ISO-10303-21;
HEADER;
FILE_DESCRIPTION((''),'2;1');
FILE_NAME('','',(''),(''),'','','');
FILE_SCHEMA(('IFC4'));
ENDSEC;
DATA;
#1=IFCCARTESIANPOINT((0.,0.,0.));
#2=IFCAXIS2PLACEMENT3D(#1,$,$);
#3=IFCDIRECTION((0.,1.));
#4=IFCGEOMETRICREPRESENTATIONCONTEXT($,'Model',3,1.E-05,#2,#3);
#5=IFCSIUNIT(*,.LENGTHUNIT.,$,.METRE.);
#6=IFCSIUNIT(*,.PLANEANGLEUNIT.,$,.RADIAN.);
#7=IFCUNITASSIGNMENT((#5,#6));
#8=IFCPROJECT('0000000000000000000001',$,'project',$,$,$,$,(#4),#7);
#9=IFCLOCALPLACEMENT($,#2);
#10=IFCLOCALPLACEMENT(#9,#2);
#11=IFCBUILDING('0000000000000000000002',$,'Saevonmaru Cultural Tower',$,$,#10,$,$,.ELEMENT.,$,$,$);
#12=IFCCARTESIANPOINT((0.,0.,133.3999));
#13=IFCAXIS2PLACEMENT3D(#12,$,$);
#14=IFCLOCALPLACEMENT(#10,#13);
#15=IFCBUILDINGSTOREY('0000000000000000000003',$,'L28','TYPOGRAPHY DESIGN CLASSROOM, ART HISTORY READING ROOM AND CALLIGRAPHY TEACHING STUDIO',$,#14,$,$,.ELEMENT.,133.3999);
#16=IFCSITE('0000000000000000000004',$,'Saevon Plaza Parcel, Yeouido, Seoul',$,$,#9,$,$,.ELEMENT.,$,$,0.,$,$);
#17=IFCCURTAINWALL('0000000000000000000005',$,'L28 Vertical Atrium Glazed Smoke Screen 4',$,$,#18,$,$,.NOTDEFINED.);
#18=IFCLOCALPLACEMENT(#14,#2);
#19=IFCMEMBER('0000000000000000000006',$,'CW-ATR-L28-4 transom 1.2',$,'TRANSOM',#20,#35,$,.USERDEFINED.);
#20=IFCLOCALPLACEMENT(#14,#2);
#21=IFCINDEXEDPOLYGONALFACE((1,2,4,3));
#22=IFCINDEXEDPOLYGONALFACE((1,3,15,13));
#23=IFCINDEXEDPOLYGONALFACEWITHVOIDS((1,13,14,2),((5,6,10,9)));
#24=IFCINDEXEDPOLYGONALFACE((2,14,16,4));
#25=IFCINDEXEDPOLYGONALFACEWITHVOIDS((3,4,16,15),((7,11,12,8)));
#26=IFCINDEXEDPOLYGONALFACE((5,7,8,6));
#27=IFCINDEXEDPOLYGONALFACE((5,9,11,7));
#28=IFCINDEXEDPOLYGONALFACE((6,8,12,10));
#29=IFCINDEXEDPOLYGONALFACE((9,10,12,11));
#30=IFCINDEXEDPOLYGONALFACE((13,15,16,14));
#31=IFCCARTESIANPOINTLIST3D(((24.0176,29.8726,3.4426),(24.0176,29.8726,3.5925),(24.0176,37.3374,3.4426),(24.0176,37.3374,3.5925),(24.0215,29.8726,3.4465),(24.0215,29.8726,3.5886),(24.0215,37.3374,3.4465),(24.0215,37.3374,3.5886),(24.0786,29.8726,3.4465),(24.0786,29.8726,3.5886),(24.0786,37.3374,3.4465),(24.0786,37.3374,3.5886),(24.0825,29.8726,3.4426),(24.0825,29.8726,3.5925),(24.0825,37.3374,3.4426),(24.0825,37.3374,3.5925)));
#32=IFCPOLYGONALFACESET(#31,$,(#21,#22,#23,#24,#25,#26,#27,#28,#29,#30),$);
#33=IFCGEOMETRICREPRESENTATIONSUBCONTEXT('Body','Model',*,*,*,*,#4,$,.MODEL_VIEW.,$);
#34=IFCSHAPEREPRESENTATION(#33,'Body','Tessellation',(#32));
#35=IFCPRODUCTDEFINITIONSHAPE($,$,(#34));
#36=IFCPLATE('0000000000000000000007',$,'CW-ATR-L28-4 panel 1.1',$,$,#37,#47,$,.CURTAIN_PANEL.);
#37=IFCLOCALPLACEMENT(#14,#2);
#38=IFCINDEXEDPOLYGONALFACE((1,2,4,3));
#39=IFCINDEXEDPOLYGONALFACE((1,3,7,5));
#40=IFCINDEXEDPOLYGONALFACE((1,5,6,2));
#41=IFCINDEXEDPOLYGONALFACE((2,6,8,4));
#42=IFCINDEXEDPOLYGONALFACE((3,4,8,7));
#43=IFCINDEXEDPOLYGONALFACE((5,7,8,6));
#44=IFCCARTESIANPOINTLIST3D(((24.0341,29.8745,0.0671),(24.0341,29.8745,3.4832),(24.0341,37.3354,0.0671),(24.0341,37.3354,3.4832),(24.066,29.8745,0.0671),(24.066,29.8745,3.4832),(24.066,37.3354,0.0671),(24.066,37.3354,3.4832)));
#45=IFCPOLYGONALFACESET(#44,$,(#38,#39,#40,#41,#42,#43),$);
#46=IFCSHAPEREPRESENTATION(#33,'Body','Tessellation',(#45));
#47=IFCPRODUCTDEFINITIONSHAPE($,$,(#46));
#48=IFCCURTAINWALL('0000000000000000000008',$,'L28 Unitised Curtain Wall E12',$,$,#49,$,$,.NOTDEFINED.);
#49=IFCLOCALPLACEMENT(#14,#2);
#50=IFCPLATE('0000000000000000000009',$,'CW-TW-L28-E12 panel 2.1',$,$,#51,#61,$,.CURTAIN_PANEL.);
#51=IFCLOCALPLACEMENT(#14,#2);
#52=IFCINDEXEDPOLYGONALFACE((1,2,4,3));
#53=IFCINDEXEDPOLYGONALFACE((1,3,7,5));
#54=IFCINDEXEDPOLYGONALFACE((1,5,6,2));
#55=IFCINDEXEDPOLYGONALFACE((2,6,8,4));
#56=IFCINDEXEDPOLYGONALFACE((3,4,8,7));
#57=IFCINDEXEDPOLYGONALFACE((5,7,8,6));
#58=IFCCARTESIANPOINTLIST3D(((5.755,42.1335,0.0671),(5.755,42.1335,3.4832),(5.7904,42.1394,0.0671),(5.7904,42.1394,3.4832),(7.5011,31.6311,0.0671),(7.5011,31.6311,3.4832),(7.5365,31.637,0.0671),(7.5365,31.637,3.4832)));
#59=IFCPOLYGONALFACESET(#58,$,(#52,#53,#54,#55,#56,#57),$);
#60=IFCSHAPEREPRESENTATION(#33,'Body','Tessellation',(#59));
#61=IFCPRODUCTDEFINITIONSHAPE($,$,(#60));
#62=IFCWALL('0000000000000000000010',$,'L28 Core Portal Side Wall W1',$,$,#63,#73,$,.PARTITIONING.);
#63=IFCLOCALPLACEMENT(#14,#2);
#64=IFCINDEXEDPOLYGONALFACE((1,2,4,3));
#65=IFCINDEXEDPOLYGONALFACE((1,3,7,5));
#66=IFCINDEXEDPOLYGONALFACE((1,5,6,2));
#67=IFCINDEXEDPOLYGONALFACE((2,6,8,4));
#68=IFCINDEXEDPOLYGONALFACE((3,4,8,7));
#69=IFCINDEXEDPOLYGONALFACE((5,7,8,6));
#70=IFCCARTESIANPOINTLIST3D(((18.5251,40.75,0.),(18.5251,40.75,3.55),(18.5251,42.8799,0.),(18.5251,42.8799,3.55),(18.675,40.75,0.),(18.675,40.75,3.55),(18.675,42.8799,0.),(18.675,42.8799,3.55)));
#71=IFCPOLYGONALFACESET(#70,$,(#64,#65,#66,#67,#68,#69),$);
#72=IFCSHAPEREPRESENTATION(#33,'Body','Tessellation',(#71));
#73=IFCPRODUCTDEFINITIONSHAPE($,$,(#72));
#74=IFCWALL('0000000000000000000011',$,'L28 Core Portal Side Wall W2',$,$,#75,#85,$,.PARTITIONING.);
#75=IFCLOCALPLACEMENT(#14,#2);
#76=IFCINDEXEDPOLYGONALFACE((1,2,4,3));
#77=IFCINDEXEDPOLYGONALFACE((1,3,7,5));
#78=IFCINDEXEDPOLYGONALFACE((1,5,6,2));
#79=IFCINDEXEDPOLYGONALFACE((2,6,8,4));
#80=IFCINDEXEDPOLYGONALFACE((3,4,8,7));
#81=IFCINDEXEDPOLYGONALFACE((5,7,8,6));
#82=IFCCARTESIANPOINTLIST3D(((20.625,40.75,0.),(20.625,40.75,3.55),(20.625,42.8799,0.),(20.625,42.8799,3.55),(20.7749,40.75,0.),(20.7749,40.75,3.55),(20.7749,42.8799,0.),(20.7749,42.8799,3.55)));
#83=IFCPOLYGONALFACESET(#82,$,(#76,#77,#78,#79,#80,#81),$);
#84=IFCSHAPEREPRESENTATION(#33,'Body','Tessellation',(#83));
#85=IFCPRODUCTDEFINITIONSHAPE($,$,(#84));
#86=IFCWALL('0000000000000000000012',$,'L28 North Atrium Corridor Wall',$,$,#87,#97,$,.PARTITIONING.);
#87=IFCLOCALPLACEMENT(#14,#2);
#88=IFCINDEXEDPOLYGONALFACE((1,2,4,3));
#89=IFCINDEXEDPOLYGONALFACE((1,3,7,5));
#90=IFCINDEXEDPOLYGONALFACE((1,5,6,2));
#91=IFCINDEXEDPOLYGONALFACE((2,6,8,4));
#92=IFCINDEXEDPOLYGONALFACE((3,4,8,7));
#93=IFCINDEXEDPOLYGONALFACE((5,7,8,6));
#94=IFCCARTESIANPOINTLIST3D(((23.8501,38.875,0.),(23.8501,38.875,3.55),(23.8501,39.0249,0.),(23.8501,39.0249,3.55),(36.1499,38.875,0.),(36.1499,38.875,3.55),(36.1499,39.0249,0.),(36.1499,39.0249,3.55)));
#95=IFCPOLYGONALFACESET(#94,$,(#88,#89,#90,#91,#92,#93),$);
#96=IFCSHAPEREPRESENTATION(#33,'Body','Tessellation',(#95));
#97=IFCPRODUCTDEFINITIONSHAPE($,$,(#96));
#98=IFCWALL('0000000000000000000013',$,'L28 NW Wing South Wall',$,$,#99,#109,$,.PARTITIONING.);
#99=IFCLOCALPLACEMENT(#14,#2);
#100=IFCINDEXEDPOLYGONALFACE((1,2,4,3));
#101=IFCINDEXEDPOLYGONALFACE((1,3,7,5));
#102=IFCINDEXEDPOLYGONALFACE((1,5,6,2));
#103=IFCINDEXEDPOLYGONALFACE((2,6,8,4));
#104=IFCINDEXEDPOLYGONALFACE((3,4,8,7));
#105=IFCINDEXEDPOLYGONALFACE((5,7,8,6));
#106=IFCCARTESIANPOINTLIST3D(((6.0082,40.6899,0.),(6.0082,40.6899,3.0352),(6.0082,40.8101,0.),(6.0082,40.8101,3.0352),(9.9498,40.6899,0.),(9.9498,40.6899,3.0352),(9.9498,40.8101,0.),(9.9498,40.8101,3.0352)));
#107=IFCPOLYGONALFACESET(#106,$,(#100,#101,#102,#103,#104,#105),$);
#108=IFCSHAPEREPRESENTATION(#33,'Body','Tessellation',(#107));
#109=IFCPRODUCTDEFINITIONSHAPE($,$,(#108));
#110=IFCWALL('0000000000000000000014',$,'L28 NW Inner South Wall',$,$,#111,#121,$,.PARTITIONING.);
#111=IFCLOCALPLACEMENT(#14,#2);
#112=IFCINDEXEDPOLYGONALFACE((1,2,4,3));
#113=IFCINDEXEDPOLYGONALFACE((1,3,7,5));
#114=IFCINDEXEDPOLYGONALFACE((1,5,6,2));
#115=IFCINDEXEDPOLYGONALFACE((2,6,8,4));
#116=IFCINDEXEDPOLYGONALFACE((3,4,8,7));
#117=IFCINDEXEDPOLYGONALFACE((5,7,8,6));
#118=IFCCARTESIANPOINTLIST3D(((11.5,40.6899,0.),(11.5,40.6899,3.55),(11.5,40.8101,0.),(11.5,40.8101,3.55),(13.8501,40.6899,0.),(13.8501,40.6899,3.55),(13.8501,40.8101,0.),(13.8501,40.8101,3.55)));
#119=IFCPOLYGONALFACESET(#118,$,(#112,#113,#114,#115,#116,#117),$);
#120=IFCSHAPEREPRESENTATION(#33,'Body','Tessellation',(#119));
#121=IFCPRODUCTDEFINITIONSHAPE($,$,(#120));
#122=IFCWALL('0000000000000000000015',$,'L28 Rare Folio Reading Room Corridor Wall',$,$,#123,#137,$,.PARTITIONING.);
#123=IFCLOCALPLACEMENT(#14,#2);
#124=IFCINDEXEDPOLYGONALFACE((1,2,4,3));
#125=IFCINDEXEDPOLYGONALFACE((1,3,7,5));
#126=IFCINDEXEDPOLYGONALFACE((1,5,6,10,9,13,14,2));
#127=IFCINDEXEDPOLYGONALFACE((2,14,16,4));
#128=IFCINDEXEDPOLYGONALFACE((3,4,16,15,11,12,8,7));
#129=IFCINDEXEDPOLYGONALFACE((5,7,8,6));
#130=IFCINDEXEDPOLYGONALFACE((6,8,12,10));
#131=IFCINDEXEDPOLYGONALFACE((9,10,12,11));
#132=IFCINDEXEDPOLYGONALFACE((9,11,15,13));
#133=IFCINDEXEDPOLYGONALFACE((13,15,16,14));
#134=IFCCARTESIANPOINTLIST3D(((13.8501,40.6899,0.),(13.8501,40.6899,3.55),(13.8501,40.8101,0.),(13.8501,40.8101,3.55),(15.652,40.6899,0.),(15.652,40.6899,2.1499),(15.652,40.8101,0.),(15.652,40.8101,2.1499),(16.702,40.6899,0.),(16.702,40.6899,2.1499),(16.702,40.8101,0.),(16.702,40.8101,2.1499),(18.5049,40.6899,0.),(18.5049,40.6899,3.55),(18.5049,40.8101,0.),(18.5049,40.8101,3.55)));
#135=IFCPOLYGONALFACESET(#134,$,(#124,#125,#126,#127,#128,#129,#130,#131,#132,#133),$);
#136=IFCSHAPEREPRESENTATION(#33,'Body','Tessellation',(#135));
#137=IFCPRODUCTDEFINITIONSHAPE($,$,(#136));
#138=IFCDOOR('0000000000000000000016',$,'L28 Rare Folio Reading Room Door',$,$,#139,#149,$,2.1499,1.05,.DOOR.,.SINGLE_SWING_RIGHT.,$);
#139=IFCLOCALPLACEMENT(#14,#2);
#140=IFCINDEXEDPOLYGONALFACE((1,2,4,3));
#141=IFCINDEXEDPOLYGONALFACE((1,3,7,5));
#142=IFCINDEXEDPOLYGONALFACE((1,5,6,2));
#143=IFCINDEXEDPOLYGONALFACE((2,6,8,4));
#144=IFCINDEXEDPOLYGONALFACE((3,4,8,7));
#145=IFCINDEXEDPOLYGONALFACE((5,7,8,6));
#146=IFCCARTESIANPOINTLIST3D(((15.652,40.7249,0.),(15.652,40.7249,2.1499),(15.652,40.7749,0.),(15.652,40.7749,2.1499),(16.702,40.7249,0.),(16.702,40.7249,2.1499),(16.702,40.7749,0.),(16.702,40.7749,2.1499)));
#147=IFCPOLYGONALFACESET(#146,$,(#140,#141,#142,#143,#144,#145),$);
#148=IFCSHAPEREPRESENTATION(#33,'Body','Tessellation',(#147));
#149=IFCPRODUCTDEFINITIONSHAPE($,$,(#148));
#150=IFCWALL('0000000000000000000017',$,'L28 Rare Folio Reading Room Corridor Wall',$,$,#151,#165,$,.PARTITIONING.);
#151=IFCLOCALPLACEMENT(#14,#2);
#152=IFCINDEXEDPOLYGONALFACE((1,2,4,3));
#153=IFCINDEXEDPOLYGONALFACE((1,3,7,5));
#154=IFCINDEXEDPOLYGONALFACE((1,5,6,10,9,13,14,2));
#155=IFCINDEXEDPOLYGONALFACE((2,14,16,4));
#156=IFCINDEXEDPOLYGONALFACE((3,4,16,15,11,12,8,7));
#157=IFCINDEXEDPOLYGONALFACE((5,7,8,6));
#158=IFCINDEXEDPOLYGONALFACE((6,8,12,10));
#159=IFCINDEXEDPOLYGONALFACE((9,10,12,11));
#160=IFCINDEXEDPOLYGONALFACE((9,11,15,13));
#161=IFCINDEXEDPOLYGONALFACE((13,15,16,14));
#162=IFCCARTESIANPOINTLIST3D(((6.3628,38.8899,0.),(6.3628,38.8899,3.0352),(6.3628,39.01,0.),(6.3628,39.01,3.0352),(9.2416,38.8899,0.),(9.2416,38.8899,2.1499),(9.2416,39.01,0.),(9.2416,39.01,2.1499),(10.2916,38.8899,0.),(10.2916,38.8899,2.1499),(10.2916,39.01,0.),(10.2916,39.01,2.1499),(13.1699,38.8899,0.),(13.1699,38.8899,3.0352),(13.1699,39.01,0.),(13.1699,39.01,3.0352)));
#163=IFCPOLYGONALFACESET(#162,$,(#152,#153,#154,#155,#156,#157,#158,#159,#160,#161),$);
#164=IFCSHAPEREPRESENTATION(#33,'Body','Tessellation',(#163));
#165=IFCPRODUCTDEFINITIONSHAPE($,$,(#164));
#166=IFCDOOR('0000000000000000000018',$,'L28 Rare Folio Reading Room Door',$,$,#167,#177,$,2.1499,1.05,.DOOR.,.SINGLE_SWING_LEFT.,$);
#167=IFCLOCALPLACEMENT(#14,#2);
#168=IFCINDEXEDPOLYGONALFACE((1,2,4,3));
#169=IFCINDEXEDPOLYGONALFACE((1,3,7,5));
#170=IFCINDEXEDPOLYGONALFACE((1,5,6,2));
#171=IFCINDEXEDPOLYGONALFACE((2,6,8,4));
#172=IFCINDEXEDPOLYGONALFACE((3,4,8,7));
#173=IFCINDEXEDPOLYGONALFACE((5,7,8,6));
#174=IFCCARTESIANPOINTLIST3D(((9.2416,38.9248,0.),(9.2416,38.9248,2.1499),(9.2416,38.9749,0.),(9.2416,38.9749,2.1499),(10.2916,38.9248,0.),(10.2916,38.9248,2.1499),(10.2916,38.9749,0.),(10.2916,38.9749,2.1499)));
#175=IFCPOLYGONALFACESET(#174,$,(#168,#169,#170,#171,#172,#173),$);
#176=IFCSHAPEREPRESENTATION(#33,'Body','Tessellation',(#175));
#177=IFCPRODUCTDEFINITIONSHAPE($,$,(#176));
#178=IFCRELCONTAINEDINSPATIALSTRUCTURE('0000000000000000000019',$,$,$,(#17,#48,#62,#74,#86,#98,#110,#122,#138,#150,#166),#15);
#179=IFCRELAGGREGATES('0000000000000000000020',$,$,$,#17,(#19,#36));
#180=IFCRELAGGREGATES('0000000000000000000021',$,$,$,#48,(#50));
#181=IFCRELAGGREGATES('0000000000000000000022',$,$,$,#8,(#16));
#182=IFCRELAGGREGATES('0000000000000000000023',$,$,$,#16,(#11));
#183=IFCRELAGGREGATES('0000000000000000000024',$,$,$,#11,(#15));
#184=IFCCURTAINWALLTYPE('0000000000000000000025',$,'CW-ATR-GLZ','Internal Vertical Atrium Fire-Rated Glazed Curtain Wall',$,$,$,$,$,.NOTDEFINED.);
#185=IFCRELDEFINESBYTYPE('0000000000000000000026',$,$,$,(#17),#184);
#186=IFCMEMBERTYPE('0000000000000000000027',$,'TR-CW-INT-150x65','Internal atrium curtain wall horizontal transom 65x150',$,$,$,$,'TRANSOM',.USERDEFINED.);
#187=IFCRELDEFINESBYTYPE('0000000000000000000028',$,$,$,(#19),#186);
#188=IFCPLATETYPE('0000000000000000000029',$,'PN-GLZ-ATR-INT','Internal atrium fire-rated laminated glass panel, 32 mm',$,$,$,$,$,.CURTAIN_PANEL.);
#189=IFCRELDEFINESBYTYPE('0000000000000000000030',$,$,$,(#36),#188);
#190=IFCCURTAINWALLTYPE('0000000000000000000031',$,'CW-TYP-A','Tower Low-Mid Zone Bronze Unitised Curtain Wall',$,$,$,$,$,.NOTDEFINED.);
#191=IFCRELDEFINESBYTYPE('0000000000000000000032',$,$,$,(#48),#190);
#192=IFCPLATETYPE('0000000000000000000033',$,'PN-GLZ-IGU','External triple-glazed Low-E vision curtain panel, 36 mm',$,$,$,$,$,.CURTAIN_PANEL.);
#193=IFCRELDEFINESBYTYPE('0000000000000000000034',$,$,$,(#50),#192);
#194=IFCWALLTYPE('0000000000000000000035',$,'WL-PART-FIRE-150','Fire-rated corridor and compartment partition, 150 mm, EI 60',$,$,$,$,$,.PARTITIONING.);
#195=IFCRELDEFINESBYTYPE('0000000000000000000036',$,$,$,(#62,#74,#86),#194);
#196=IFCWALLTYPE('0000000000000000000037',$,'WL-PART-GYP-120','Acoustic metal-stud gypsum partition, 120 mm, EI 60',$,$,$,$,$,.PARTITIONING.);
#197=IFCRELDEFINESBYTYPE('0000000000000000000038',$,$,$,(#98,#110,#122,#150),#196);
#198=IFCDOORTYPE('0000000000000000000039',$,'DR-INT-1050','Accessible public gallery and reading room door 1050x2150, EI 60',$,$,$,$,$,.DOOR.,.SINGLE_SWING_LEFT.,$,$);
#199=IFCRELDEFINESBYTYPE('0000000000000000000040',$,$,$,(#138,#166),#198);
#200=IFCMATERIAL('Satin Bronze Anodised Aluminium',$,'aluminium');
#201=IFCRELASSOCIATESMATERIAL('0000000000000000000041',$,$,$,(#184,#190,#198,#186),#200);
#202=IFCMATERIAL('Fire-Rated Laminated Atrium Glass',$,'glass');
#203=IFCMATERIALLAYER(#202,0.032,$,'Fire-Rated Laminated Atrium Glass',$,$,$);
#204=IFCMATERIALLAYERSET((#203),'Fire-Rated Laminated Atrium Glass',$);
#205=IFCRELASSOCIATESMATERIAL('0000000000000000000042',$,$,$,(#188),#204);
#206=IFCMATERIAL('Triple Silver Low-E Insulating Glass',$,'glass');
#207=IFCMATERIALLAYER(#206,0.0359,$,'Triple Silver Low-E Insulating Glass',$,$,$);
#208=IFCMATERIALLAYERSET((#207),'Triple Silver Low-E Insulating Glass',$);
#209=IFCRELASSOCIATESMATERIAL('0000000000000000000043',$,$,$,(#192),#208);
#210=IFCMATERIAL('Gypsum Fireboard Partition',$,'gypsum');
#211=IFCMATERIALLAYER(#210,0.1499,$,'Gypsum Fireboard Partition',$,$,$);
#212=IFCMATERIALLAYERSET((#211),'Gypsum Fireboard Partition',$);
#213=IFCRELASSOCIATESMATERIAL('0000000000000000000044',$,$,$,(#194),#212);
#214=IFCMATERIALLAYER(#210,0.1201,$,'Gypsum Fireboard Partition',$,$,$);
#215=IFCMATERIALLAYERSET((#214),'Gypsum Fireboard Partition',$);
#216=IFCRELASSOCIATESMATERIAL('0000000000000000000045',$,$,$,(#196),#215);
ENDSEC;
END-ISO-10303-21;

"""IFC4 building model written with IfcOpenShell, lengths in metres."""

from ifc_helpers import new_model, si_unit, direction, frame, frame_2d, origin, origin_2d, place, context, subcontext, project, spatial, rectangle, hollow_rectangle, extrude, material, layer, layer_set, material_profile, profile_set, type_object, element, fill, aggregate, save


model = new_model("IFC4")

# Units and contexts
model_context = context("Model", 3, precision=1e-05, world=origin(), true_north=direction((0.0, 1.0)))
body_context = subcontext(model_context, "Body", "Model", "MODEL_VIEW")
ifc_project = project(units=[si_unit("LENGTHUNIT", "METRE"), si_unit("PLANEANGLEUNIT", "RADIAN")], contexts=[model_context])

# Site, building, storey
site_placement = place(None, origin())
site = spatial("IfcSite", under=ifc_project, at=site_placement, Name="Saevon Plaza Parcel, Yeouido, Seoul", CompositionType="ELEMENT", RefElevation=0.0)
building_placement = place(site_placement, origin())
building = spatial("IfcBuilding", under=site, at=building_placement, Name="Saevonmaru Cultural Tower", CompositionType="ELEMENT")
storey_placement = place(building_placement, frame((0.0, 0.0, 133.3999)))
storey = spatial("IfcBuildingStorey", under=building, at=storey_placement, Name="L28", Description="TYPOGRAPHY DESIGN CLASSROOM, ART HISTORY READING ROOM AND CALLIGRAPHY TEACHING STUDIO", CompositionType="ELEMENT", Elevation=133.3999)

# Curtain wall, member, plate
ifc_material_1 = material(Name="Satin Bronze Anodised Aluminium", Category="aluminium")
curtain_wall_type_1 = type_object("IfcCurtainWallType", Name="CW-ATR-GLZ", Description="Internal Vertical Atrium Fire-Rated Glazed Curtain Wall", PredefinedType="NOTDEFINED", material=ifc_material_1)
curtain_wall_1_placement = place(storey_placement, origin())
curtain_wall_1 = element("IfcCurtainWall", 1, at=curtain_wall_1_placement, inside=storey, type_object=curtain_wall_type_1, Name="L28 Vertical Atrium Glazed Smoke Screen 4", PredefinedType="NOTDEFINED")
ifc_material_profile_1 = material_profile(ifc_material_1, hollow_rectangle(XDim=0.0649, YDim=0.1499, WallThickness=0.0039, at=origin_2d()), Name="ALU-TRAN-150x65x4")
ifc_profile_set_1 = profile_set([ifc_material_profile_1], Name="Satin Bronze Anodised Aluminium")
member_type_1 = type_object("IfcMemberType", Name="TR-CW-INT-150x65", Description="Internal atrium curtain wall horizontal transom 65x150", ElementType="TRANSOM", PredefinedType="USERDEFINED", material=ifc_profile_set_1)
member_1_placement = place(storey_placement, frame((24.05, 37.3374, 3.5176), z_axis=(0.0, -1.0, 0.0), x_axis=(1.0, 0.0, 0.0)))
member_1 = element("IfcMember", 2, at=member_1_placement, type_object=member_type_1, Name="CW-ATR-L28-4 transom 1.2", ObjectType="TRANSOM", PredefinedType="USERDEFINED", context=body_context, shape_type="SweptSolid", body=[
    extrude(hollow_rectangle(XDim=0.0649, YDim=0.1499, WallThickness=0.0039, at=origin_2d()), origin(), (0.0, 0.0, 1.0), 7.4648),
])
ifc_material_2 = material(Name="Fire-Rated Laminated Atrium Glass", Category="glass")
ifc_layer_1 = layer(ifc_material_2, 0.032, Name="Fire-Rated Laminated Atrium Glass")
ifc_layer_set_1 = layer_set([ifc_layer_1], Name="Fire-Rated Laminated Atrium Glass")
plate_type_1 = type_object("IfcPlateType", Name="PN-GLZ-ATR-INT", Description="Internal atrium fire-rated laminated glass panel, 32 mm", PredefinedType="CURTAIN_PANEL", material=ifc_layer_set_1)
plate_1_placement = place(storey_placement, frame((24.05, 33.605, 0.0671), z_axis=(0.0, 0.0, 1.0), x_axis=(0.0, -1.0, 0.0)))
plate_1 = element("IfcPlate", 3, at=plate_1_placement, type_object=plate_type_1, Name="CW-ATR-L28-4 panel 1.1", PredefinedType="CURTAIN_PANEL", context=body_context, shape_type="SweptSolid", body=[
    extrude(rectangle(XDim=7.4609, YDim=0.032, at=origin_2d()), origin(), (0.0, 0.0, 1.0), 3.416),
])
aggregate(curtain_wall_1, [member_1, plate_1])

# Curtain wall, plate
curtain_wall_type_2 = type_object("IfcCurtainWallType", Name="CW-TYP-A", Description="Tower Low-Mid Zone Bronze Unitised Curtain Wall", PredefinedType="NOTDEFINED", material=ifc_material_1)
curtain_wall_2_placement = place(storey_placement, origin())
curtain_wall_2 = element("IfcCurtainWall", 4, at=curtain_wall_2_placement, inside=storey, type_object=curtain_wall_type_2, Name="L28 Unitised Curtain Wall E12", PredefinedType="NOTDEFINED")
ifc_material_3 = material(Name="Triple Silver Low-E Insulating Glass", Category="glass")
ifc_layer_2 = layer(ifc_material_3, 0.0359, Name="Triple Silver Low-E Insulating Glass")
ifc_layer_set_2 = layer_set([ifc_layer_2], Name="Triple Silver Low-E Insulating Glass")
plate_type_2 = type_object("IfcPlateType", Name="PN-GLZ-IGU", Description="External triple-glazed Low-E vision curtain panel, 36 mm", PredefinedType="CURTAIN_PANEL", material=ifc_layer_set_2)
plate_2_placement = place(storey_placement, frame((6.6458, 36.8853, 0.0671), z_axis=(0.0, 0.0, 1.0), x_axis=(0.163999, -0.986461, 0.0)))
plate_2 = element("IfcPlate", 5, at=plate_2_placement, type_object=plate_type_2, Name="CW-TW-L28-E12 panel 2.1", PredefinedType="CURTAIN_PANEL", context=body_context, shape_type="SweptSolid", body=[
    extrude(rectangle(XDim=10.6465, YDim=0.0359, at=origin_2d()), origin(), (0.0, 0.0, 1.0), 3.416),
])
aggregate(curtain_wall_2, [plate_2])

# Walls
ifc_material_4 = material(Name="Gypsum Fireboard Partition", Category="gypsum")
ifc_layer_3 = layer(ifc_material_4, 0.1499, Name="Gypsum Fireboard Partition")
ifc_layer_set_3 = layer_set([ifc_layer_3], Name="Gypsum Fireboard Partition")
wall_type_1 = type_object("IfcWallType", Name="WL-PART-FIRE-150", Description="Fire-rated corridor and compartment partition, 150 mm, EI 60", PredefinedType="PARTITIONING", material=ifc_layer_set_3)
for number, where, z_axis, x_axis, name in (
    (6, (18.6001, 40.75, 0.0), (0.0, 0.0, 1.0), (0.0, 1.0, 0.0), "L28 Core Portal Side Wall W1"),
    (7, (20.7, 40.75, 0.0), (0.0, 0.0, 1.0), (0.0, 1.0, 0.0), "L28 Core Portal Side Wall W2"),
):
    element("IfcWall", number, at=place(storey_placement, frame(where, z_axis=z_axis, x_axis=x_axis)), inside=storey, type_object=wall_type_1, Name=name, PredefinedType="PARTITIONING", context=body_context, shape_type="SweptSolid", body=[
        extrude(rectangle(XDim=2.1299, YDim=0.1499, at=frame_2d((1.0649, 0.0))), origin(), (0.0, 0.0, 1.0), 3.55),
    ])
wall_1_placement = place(storey_placement, frame((23.8501, 38.95, 0.0), z_axis=(0.0, 0.0, 1.0), x_axis=(1.0, 0.0, 0.0)))
element("IfcWall", 8, at=wall_1_placement, inside=storey, type_object=wall_type_1, Name="L28 North Atrium Corridor Wall", PredefinedType="PARTITIONING", context=body_context, shape_type="SweptSolid", body=[
    extrude(rectangle(XDim=12.2998, YDim=0.1499, at=frame_2d((6.1499, 0.0))), origin(), (0.0, 0.0, 1.0), 3.55),
])
ifc_layer_4 = layer(ifc_material_4, 0.1201, Name="Gypsum Fireboard Partition")
ifc_layer_set_4 = layer_set([ifc_layer_4], Name="Gypsum Fireboard Partition")
wall_type_2 = type_object("IfcWallType", Name="WL-PART-GYP-120", Description="Acoustic metal-stud gypsum partition, 120 mm, EI 60", PredefinedType="PARTITIONING", material=ifc_layer_set_4)
wall_2_placement = place(storey_placement, frame((6.0083, 40.75, 0.0), z_axis=(0.0, 0.0, 1.0), x_axis=(1.0, 0.0, 0.0)))
element("IfcWall", 9, at=wall_2_placement, inside=storey, type_object=wall_type_2, Name="L28 NW Wing South Wall", PredefinedType="PARTITIONING", context=body_context, shape_type="SweptSolid", body=[
    extrude(rectangle(XDim=3.9417, YDim=0.1201, at=frame_2d((1.9707, 0.0))), origin(), (0.0, 0.0, 1.0), 3.0352),
])
wall_3_placement = place(storey_placement, frame((11.5, 40.75, 0.0), z_axis=(0.0, 0.0, 1.0), x_axis=(1.0, 0.0, 0.0)))
element("IfcWall", 10, at=wall_3_placement, inside=storey, type_object=wall_type_2, Name="L28 NW Inner South Wall", PredefinedType="PARTITIONING", context=body_context, shape_type="SweptSolid", body=[
    extrude(rectangle(XDim=2.3501, YDim=0.1201, at=frame_2d((1.175, 0.0))), origin(), (0.0, 0.0, 1.0), 3.55),
])

# Walls, openings, doors
wall_4_placement = place(storey_placement, frame((13.8501, 40.75, 0.0), z_axis=(0.0, 0.0, 1.0), x_axis=(1.0, 0.0, 0.0)))
wall_4 = element("IfcWall", 11, at=wall_4_placement, inside=storey, type_object=wall_type_2, Name="L28 Rare Folio Reading Room Corridor Wall", PredefinedType="PARTITIONING", context=body_context, shape_type="SweptSolid", body=[
    extrude(rectangle(XDim=4.6548, YDim=0.1201, at=frame_2d((2.3274, 0.0))), origin(), (0.0, 0.0, 1.0), 3.55),
])
opening_1_placement = place(wall_4_placement, frame((1.802, 0.0, 0.0)))
opening_1 = element("IfcOpeningElement", 12, at=opening_1_placement, cuts=wall_4, PredefinedType="OPENING", context=body_context, shape_type="SweptSolid", body=[
    extrude(rectangle(XDim=1.05, YDim=2.1499, at=frame_2d((0.5249, 1.075))), frame((0.0, 0.0701, 0.0), z_axis=(0.0, -1.0, 0.0), x_axis=(1.0, 0.0, 0.0)), (0.0, 0.0, 1.0), 0.1401),
])
door_type_1 = type_object("IfcDoorType", Name="DR-INT-1050", Description="Accessible public gallery and reading room door 1050x2150, EI 60", OperationType="SINGLE_SWING_LEFT", PredefinedType="DOOR", material=ifc_material_1)
door_1_placement = place(opening_1_placement, origin())
door_1 = element("IfcDoor", 13, at=door_1_placement, inside=storey, type_object=door_type_1, Name="L28 Rare Folio Reading Room Door", OperationType="SINGLE_SWING_RIGHT", OverallHeight=2.1499, OverallWidth=1.05, PredefinedType="DOOR", context=body_context, shape_type="SweptSolid", body=[
    extrude(rectangle(XDim=1.05, YDim=2.1499, at=frame_2d((0.5249, 1.075))), frame((0.0, 0.0249, 0.0), z_axis=(0.0, -1.0, 0.0), x_axis=(1.0, 0.0, 0.0)), (0.0, 0.0, 1.0), 0.05),
])
fill(opening_1, door_1)
wall_5_placement = place(storey_placement, frame((6.3628, 38.95, 0.0), z_axis=(0.0, 0.0, 1.0), x_axis=(1.0, 0.0, 0.0)))
wall_5 = element("IfcWall", 14, at=wall_5_placement, inside=storey, type_object=wall_type_2, Name="L28 Rare Folio Reading Room Corridor Wall", PredefinedType="PARTITIONING", context=body_context, shape_type="SweptSolid", body=[
    extrude(rectangle(XDim=6.8071, YDim=0.1201, at=frame_2d((3.4036, 0.0))), origin(), (0.0, 0.0, 1.0), 3.0352),
])
opening_2_placement = place(wall_5_placement, frame((2.8789, 0.0, 0.0)))
opening_2 = element("IfcOpeningElement", 15, at=opening_2_placement, cuts=wall_5, PredefinedType="OPENING", context=body_context, shape_type="SweptSolid", body=[
    extrude(rectangle(XDim=1.05, YDim=2.1499, at=frame_2d((0.5249, 1.075))), frame((0.0, 0.0701, 0.0), z_axis=(0.0, -1.0, 0.0), x_axis=(1.0, 0.0, 0.0)), (0.0, 0.0, 1.0), 0.1401),
])
door_2_placement = place(opening_2_placement, origin())
door_2 = element("IfcDoor", 16, at=door_2_placement, inside=storey, type_object=door_type_1, Name="L28 Rare Folio Reading Room Door", OperationType="SINGLE_SWING_LEFT", OverallHeight=2.1499, OverallWidth=1.05, PredefinedType="DOOR", context=body_context, shape_type="SweptSolid", body=[
    extrude(rectangle(XDim=1.05, YDim=2.1499, at=frame_2d((0.5249, 1.075))), frame((0.0, 0.0249, 0.0), z_axis=(0.0, -1.0, 0.0), x_axis=(1.0, 0.0, 0.0)), (0.0, 0.0, 1.0), 0.05),
])
fill(opening_2, door_2)

save(model, "model.ifc")
